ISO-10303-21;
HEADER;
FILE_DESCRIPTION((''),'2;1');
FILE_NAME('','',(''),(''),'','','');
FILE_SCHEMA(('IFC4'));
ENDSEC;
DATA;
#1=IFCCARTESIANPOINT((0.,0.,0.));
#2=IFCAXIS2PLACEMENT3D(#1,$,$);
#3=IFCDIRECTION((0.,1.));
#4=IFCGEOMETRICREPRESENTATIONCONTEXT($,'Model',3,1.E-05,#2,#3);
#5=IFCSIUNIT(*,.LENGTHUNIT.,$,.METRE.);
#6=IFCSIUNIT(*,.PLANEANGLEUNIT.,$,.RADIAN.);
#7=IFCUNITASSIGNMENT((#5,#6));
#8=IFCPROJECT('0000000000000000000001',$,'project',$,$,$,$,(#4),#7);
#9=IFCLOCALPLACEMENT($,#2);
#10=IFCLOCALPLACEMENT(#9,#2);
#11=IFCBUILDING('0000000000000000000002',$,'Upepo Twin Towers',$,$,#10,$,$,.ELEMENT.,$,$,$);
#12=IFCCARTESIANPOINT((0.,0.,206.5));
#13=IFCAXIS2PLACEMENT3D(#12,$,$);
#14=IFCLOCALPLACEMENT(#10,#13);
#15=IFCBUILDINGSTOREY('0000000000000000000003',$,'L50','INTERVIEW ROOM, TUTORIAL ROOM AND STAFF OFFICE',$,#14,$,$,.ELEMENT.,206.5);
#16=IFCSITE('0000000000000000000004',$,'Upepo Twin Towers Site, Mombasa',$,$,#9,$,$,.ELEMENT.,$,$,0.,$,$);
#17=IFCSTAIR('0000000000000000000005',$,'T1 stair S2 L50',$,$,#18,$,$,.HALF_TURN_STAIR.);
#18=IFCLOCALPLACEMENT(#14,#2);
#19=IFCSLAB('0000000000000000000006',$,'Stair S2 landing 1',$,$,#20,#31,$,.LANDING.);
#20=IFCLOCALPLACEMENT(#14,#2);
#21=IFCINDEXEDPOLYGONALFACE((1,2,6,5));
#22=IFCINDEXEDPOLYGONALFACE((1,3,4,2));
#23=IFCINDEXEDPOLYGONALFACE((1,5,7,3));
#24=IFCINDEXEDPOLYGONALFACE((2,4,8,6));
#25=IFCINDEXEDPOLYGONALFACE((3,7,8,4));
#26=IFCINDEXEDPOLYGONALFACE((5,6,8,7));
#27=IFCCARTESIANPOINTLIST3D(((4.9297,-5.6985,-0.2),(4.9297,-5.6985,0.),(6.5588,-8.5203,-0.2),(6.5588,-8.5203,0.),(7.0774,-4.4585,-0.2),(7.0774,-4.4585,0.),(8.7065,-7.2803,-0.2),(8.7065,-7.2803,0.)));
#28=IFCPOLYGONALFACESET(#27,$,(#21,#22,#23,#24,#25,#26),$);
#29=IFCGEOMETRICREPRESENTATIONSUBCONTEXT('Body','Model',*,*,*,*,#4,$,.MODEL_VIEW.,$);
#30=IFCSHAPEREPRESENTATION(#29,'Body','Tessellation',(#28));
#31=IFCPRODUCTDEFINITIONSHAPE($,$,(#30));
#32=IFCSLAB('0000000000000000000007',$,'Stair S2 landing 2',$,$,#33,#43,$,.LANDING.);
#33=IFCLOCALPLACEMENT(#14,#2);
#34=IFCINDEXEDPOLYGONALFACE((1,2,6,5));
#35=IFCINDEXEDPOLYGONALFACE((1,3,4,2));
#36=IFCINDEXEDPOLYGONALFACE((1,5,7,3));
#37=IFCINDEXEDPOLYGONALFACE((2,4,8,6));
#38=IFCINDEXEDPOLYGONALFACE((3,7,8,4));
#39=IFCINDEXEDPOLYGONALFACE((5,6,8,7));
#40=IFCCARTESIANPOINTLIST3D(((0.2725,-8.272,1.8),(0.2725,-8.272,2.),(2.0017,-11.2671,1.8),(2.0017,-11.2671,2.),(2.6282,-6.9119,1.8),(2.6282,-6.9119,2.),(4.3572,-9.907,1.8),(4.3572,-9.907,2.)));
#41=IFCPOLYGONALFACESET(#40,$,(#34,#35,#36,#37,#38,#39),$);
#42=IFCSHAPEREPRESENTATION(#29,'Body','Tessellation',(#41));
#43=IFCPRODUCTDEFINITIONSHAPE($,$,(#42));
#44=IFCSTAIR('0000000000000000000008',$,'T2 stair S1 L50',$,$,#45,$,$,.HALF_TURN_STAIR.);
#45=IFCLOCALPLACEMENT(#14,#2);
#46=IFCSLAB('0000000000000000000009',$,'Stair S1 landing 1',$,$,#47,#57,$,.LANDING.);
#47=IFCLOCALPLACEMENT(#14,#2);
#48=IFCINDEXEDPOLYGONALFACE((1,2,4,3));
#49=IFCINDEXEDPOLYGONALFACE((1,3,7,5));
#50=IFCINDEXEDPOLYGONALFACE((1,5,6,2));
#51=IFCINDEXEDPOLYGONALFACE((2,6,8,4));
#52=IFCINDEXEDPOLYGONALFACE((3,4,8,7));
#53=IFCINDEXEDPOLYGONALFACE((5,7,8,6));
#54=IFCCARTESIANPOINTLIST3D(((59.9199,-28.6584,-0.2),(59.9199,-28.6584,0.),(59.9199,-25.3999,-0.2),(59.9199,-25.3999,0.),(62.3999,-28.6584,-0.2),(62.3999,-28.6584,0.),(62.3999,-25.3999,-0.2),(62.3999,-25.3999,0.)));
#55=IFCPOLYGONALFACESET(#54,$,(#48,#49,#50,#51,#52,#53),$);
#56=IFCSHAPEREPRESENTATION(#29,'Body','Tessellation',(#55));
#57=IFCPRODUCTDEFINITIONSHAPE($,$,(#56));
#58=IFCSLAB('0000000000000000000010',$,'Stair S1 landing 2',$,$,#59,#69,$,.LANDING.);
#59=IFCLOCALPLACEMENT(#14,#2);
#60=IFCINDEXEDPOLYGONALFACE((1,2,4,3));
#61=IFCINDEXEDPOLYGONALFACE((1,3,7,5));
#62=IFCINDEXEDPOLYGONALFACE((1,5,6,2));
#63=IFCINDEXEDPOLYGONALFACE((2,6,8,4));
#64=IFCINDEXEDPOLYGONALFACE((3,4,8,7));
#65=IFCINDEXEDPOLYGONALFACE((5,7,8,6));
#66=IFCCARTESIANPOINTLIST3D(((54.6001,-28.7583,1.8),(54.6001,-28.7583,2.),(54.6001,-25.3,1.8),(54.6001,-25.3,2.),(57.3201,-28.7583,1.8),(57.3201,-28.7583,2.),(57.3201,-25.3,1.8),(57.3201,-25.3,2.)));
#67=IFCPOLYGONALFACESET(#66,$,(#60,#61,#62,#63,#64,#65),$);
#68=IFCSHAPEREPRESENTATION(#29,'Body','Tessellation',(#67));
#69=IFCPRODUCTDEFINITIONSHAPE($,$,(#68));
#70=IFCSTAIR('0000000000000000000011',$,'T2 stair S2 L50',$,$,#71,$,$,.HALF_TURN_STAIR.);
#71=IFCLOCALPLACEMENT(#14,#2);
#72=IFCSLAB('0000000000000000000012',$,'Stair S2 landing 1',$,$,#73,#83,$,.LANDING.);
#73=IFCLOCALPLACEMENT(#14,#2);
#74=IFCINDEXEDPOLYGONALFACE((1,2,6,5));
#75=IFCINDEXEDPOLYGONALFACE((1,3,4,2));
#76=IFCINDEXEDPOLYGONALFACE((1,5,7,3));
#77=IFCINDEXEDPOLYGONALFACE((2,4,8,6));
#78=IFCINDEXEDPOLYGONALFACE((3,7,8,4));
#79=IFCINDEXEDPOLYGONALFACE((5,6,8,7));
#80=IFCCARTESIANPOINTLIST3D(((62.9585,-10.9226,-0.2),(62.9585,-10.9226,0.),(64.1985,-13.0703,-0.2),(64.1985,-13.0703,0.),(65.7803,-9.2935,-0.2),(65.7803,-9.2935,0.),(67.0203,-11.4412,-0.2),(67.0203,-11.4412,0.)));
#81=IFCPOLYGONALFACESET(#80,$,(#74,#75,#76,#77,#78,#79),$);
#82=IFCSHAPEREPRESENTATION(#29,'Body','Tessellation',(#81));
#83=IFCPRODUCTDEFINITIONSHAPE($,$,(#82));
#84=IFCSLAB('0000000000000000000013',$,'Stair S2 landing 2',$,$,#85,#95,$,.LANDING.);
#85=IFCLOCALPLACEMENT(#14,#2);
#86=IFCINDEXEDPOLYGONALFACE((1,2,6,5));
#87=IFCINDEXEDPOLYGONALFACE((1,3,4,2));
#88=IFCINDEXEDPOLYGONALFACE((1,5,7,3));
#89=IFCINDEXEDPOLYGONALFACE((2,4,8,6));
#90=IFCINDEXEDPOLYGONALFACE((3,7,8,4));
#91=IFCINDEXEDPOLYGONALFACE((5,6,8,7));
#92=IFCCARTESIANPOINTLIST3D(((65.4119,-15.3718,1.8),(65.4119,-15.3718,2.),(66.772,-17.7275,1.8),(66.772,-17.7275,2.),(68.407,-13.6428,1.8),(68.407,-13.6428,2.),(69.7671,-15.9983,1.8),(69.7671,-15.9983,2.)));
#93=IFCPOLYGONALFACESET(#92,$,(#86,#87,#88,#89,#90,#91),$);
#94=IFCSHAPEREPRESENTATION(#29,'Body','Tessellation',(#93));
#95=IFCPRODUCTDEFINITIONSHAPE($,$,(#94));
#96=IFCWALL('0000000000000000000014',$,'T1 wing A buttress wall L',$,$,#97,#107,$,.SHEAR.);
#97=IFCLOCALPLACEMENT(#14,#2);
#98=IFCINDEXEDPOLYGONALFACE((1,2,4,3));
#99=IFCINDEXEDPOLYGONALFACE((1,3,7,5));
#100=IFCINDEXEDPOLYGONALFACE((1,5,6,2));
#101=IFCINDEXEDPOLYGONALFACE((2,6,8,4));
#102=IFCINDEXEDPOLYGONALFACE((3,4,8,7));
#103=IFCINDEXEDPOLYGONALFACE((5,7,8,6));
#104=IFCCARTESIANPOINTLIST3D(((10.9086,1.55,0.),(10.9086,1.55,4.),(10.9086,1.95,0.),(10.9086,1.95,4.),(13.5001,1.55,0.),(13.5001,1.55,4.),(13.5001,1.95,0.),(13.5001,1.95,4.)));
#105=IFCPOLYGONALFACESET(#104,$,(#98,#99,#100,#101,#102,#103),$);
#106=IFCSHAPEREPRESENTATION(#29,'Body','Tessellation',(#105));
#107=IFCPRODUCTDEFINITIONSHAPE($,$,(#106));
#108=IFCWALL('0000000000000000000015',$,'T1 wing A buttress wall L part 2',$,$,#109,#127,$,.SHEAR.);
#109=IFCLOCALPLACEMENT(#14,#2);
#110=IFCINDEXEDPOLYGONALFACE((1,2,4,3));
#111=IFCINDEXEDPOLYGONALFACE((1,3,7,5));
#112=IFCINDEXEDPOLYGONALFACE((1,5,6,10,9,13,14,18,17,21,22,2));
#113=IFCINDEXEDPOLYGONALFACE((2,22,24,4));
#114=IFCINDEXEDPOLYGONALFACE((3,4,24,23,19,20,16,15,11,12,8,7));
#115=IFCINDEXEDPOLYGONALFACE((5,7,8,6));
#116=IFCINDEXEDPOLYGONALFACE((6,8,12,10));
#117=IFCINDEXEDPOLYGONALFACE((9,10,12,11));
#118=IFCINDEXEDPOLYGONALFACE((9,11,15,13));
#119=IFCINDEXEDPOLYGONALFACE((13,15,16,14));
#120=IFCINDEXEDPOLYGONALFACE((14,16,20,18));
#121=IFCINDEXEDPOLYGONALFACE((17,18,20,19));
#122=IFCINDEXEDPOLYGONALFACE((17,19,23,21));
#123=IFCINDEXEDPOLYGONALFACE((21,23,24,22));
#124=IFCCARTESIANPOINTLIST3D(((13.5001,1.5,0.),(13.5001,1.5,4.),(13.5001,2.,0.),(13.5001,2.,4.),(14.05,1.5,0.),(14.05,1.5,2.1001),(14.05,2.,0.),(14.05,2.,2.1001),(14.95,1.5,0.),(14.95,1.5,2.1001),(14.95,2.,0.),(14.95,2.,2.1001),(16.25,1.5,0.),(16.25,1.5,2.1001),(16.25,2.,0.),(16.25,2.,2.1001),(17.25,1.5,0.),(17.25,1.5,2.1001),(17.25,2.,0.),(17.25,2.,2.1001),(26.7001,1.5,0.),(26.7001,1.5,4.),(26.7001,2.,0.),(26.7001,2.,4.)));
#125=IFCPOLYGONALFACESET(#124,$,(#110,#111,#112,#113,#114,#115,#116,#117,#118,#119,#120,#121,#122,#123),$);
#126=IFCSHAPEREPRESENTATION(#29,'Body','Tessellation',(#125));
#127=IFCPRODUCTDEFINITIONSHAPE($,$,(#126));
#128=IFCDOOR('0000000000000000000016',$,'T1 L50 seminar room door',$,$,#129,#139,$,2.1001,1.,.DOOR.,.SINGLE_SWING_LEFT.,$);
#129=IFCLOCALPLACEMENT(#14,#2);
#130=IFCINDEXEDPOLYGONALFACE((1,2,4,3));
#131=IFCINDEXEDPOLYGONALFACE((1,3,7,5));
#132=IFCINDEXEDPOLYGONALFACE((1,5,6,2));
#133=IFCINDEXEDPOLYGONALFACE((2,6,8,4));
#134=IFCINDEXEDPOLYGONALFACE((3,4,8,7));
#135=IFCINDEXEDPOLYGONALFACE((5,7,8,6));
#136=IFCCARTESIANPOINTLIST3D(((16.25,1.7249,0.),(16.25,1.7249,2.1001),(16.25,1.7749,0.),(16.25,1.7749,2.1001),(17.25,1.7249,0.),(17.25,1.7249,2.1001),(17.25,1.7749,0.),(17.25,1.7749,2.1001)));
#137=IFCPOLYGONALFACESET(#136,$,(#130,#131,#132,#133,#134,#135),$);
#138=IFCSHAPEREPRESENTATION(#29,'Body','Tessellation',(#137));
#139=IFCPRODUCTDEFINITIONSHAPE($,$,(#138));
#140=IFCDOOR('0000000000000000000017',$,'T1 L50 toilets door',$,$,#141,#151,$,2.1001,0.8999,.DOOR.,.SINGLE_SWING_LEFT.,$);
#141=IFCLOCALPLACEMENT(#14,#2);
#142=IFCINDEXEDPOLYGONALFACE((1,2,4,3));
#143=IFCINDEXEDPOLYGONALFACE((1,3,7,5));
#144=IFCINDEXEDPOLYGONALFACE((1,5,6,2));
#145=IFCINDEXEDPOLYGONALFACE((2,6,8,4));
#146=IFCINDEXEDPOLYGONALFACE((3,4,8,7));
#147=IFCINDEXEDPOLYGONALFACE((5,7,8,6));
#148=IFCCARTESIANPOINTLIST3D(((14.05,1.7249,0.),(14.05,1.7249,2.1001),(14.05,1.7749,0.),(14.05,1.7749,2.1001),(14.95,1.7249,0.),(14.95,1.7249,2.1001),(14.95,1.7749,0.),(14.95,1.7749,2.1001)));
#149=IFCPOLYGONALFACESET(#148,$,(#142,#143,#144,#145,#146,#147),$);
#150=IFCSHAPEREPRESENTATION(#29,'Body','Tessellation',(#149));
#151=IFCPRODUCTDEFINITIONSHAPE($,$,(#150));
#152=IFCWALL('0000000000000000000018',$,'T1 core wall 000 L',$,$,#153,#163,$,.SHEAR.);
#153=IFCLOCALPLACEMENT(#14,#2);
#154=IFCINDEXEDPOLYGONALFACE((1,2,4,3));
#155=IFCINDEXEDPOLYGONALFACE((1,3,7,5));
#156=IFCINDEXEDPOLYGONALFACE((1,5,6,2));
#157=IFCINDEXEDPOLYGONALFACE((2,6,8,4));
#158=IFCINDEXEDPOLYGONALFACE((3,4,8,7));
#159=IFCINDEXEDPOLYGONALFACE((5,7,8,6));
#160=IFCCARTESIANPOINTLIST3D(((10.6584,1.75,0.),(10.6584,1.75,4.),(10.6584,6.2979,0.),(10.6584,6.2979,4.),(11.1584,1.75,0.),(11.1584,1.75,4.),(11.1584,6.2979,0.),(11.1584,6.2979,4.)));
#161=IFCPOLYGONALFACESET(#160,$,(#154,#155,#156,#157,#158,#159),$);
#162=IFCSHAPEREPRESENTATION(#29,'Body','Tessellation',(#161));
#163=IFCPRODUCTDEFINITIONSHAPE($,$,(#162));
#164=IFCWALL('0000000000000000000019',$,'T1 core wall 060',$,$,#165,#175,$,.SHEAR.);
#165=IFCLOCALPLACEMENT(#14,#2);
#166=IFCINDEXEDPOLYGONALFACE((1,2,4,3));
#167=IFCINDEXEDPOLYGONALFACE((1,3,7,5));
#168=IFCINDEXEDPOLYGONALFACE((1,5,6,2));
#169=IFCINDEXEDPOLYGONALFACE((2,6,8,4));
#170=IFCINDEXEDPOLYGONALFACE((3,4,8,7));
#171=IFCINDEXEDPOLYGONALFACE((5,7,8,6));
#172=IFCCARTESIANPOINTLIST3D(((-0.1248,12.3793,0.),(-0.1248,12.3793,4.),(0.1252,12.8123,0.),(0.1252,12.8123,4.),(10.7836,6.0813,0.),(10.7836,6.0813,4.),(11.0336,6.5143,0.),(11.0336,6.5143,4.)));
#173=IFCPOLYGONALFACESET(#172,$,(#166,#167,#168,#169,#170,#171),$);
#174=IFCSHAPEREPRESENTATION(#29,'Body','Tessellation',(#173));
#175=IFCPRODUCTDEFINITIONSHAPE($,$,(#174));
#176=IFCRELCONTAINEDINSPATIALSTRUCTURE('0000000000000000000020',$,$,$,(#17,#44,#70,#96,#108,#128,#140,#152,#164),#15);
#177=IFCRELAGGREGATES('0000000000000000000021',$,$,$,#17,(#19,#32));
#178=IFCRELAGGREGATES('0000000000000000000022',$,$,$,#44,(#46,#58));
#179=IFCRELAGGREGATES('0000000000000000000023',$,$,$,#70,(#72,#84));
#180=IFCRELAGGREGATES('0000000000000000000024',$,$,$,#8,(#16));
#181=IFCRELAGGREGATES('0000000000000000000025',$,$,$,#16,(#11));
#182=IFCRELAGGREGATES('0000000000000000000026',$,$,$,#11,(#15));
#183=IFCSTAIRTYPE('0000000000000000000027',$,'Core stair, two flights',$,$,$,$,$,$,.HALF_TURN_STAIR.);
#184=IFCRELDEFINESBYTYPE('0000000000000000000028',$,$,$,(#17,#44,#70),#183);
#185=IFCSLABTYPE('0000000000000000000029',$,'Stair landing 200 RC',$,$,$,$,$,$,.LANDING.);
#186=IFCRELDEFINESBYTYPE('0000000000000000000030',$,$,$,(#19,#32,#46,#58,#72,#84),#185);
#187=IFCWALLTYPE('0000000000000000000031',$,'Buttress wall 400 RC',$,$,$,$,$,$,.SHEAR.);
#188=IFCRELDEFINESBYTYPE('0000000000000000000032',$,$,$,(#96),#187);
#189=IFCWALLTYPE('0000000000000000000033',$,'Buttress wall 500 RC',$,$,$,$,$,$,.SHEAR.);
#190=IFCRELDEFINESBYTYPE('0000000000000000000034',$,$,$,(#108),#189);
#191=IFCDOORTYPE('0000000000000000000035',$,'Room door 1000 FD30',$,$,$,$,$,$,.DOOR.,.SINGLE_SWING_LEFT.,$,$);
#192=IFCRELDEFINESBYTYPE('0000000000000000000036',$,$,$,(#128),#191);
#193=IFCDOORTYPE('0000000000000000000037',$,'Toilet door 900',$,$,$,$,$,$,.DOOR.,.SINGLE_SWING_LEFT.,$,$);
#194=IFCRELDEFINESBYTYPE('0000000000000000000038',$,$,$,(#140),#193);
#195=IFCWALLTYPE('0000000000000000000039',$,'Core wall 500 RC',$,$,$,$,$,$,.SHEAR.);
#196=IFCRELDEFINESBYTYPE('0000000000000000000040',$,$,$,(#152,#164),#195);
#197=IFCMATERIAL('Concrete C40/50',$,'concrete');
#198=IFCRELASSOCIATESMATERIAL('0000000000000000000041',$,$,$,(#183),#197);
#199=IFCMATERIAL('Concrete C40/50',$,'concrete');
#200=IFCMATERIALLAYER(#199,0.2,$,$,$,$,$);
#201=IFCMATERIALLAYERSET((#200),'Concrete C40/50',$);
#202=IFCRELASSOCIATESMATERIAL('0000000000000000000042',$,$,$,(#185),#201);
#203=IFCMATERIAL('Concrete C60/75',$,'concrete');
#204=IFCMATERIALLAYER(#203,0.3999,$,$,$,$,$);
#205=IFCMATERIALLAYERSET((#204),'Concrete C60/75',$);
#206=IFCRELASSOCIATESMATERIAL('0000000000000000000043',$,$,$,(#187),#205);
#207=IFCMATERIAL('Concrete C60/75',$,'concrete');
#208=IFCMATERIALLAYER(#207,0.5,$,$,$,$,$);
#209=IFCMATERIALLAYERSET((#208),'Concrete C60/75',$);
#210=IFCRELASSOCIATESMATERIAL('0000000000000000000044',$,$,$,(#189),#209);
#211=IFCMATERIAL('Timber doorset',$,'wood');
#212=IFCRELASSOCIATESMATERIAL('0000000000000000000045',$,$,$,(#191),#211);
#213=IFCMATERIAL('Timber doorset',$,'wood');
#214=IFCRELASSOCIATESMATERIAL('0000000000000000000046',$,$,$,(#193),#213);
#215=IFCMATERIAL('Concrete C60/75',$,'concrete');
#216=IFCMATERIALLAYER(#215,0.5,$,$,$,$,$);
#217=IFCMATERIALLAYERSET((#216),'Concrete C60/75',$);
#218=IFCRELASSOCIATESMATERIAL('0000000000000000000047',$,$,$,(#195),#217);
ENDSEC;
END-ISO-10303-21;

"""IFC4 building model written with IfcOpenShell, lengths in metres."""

from ifc_helpers import new_model, si_unit, direction, frame, frame_2d, origin, place, context, subcontext, project, spatial, polyline, rectangle, outline, extrude, material, layer, layer_set, type_object, element, fill, aggregate, save


model = new_model("IFC4")

# Units and contexts
model_context = context("Model", 3, precision=1e-05, world=origin(), true_north=direction((0.0, 1.0)))
body_context = subcontext(model_context, "Body", "Model", "MODEL_VIEW")
ifc_project = project(units=[si_unit("LENGTHUNIT", "METRE"), si_unit("PLANEANGLEUNIT", "RADIAN")], contexts=[model_context])

# Site, building, storey
site_placement = place(None, origin())
site = spatial("IfcSite", under=ifc_project, at=site_placement, Name="Upepo Twin Towers Site, Mombasa", CompositionType="ELEMENT", RefElevation=0.0)
building_placement = place(site_placement, origin())
building = spatial("IfcBuilding", under=site, at=building_placement, Name="Upepo Twin Towers", CompositionType="ELEMENT")
storey_placement = place(building_placement, frame((0.0, 0.0, 206.5)))
storey = spatial("IfcBuildingStorey", under=building, at=storey_placement, Name="L50", Description="INTERVIEW ROOM, TUTORIAL ROOM AND STAFF OFFICE", CompositionType="ELEMENT", Elevation=206.5)

# Stairs, slabs
ifc_material_1 = material(Name="Concrete C40/50", Category="concrete")
stair_type = type_object("IfcStairType", Name="Core stair, two flights", PredefinedType="HALF_TURN_STAIR", material=ifc_material_1)
stair_1_placement = place(storey_placement, origin())
stair_1 = element("IfcStair", 1, at=stair_1_placement, inside=storey, type_object=stair_type, Name="T1 stair S2 L50", PredefinedType="HALF_TURN_STAIR")
ifc_material_2 = material(Name="Concrete C40/50", Category="concrete")
ifc_layer_1 = layer(ifc_material_2, 0.2)
ifc_layer_set_1 = layer_set([ifc_layer_1], Name="Concrete C40/50")
slab_type = type_object("IfcSlabType", Name="Stair landing 200 RC", PredefinedType="LANDING", material=ifc_layer_set_1)
slab_1_placement = place(storey_placement, frame((0.0, 0.0, -0.2)))
slab_1 = element("IfcSlab", 2, at=slab_1_placement, type_object=slab_type, Name="Stair S2 landing 1", PredefinedType="LANDING", context=body_context, shape_type="SweptSolid", body=[
    extrude(outline(polyline([(4.9297, -5.6985), (6.5588, -8.5203), (8.7065, -7.2803), (7.0774, -4.4585), (4.9297, -5.6985)])), origin(), (0.0, 0.0, 1.0), 0.2),
])
slab_2_placement = place(storey_placement, frame((0.0, 0.0, 1.8)))
slab_2 = element("IfcSlab", 3, at=slab_2_placement, type_object=slab_type, Name="Stair S2 landing 2", PredefinedType="LANDING", context=body_context, shape_type="SweptSolid", body=[
    extrude(outline(polyline([(0.2725, -8.272), (2.0017, -11.2671), (4.3572, -9.907), (2.6282, -6.9119), (0.2725, -8.272)])), origin(), (0.0, 0.0, 1.0), 0.2),
])
aggregate(stair_1, [slab_1, slab_2])
stair_2_placement = place(storey_placement, origin())
stair_2 = element("IfcStair", 4, at=stair_2_placement, inside=storey, type_object=stair_type, Name="T2 stair S1 L50", PredefinedType="HALF_TURN_STAIR")
slab_3_placement = place(storey_placement, frame((0.0, 0.0, -0.2)))
slab_3 = element("IfcSlab", 5, at=slab_3_placement, type_object=slab_type, Name="Stair S1 landing 1", PredefinedType="LANDING", context=body_context, shape_type="SweptSolid", body=[
    extrude(outline(polyline([(59.9199, -25.3999), (59.9199, -28.6584), (62.3999, -28.6584), (62.3999, -25.3999), (59.9199, -25.3999)])), origin(), (0.0, 0.0, 1.0), 0.2),
])
slab_4_placement = place(storey_placement, frame((0.0, 0.0, 1.8)))
slab_4 = element("IfcSlab", 6, at=slab_4_placement, type_object=slab_type, Name="Stair S1 landing 2", PredefinedType="LANDING", context=body_context, shape_type="SweptSolid", body=[
    extrude(outline(polyline([(54.6001, -25.3), (54.6001, -28.7583), (57.3201, -28.7583), (57.3201, -25.3), (54.6001, -25.3)])), origin(), (0.0, 0.0, 1.0), 0.2),
])
aggregate(stair_2, [slab_3, slab_4])
stair_3_placement = place(storey_placement, origin())
stair_3 = element("IfcStair", 7, at=stair_3_placement, inside=storey, type_object=stair_type, Name="T2 stair S2 L50", PredefinedType="HALF_TURN_STAIR")
slab_5_placement = place(storey_placement, frame((0.0, 0.0, -0.2)))
slab_5 = element("IfcSlab", 8, at=slab_5_placement, type_object=slab_type, Name="Stair S2 landing 1", PredefinedType="LANDING", context=body_context, shape_type="SweptSolid", body=[
    extrude(outline(polyline([(64.1985, -13.0703), (67.0203, -11.4412), (65.7803, -9.2935), (62.9585, -10.9226), (64.1985, -13.0703)])), origin(), (0.0, 0.0, 1.0), 0.2),
])
slab_6_placement = place(storey_placement, frame((0.0, 0.0, 1.8)))
slab_6 = element("IfcSlab", 9, at=slab_6_placement, type_object=slab_type, Name="Stair S2 landing 2", PredefinedType="LANDING", context=body_context, shape_type="SweptSolid", body=[
    extrude(outline(polyline([(66.772, -17.7275), (69.7671, -15.9983), (68.407, -13.6428), (65.4119, -15.3718), (66.772, -17.7275)])), origin(), (0.0, 0.0, 1.0), 0.2),
])
aggregate(stair_3, [slab_5, slab_6])

# Wall
ifc_material_3 = material(Name="Concrete C60/75", Category="concrete")
ifc_layer_2 = layer(ifc_material_3, 0.3999)
ifc_layer_set_2 = layer_set([ifc_layer_2], Name="Concrete C60/75")
wall_type_1 = type_object("IfcWallType", Name="Buttress wall 400 RC", PredefinedType="SHEAR", material=ifc_layer_set_2)
wall_1_placement = place(storey_placement, frame((10.9084, 1.75, 0.0), z_axis=(0.0, 0.0, 1.0), x_axis=(1.0, 0.0, 0.0)))
element("IfcWall", 10, at=wall_1_placement, inside=storey, type_object=wall_type_1, Name="T1 wing A buttress wall L", PredefinedType="SHEAR", context=body_context, shape_type="SweptSolid", body=[
    extrude(rectangle(XDim=2.5916, YDim=0.3999, at=frame_2d((1.2959, 0.0))), origin(), (0.0, 0.0, 1.0), 4.0),
])

# Wall, openings, doors
ifc_material_4 = material(Name="Concrete C60/75", Category="concrete")
ifc_layer_3 = layer(ifc_material_4, 0.5)
ifc_layer_set_3 = layer_set([ifc_layer_3], Name="Concrete C60/75")
wall_type_2 = type_object("IfcWallType", Name="Buttress wall 500 RC", PredefinedType="SHEAR", material=ifc_layer_set_3)
wall_2_placement = place(storey_placement, frame((13.5, 1.75, 0.0), z_axis=(0.0, 0.0, 1.0), x_axis=(1.0, 0.0, 0.0)))
wall_2 = element("IfcWall", 11, at=wall_2_placement, inside=storey, type_object=wall_type_2, Name="T1 wing A buttress wall L part 2", PredefinedType="SHEAR", context=body_context, shape_type="SweptSolid", body=[
    extrude(rectangle(XDim=13.2, YDim=0.5, at=frame_2d((6.6001, 0.0))), origin(), (0.0, 0.0, 1.0), 4.0),
])
opening_1_placement = place(wall_2_placement, frame((0.55, 0.0, 0.0)))
opening_1 = element("IfcOpeningElement", 12, at=opening_1_placement, cuts=wall_2, PredefinedType="OPENING", context=body_context, shape_type="SweptSolid", body=[
    extrude(rectangle(XDim=0.8999, YDim=2.1001, at=frame_2d((0.45, 1.05))), frame((0.0, 0.26, 0.0), z_axis=(0.0, -1.0, 0.0), x_axis=(1.0, 0.0, 0.0)), (0.0, 0.0, 1.0), 0.52),
])
opening_2_placement = place(wall_2_placement, frame((2.75, 0.0, 0.0)))
opening_2 = element("IfcOpeningElement", 13, at=opening_2_placement, cuts=wall_2, PredefinedType="OPENING", context=body_context, shape_type="SweptSolid", body=[
    extrude(rectangle(XDim=1.0, YDim=2.1001, at=frame_2d((0.5, 1.05))), frame((0.0, 0.26, 0.0), z_axis=(0.0, -1.0, 0.0), x_axis=(1.0, 0.0, 0.0)), (0.0, 0.0, 1.0), 0.52),
])
ifc_material_5 = material(Name="Timber doorset", Category="wood")
door_type_1 = type_object("IfcDoorType", Name="Room door 1000 FD30", OperationType="SINGLE_SWING_LEFT", PredefinedType="DOOR", material=ifc_material_5)
door_1_placement = place(opening_2_placement, origin())
door_1 = element("IfcDoor", 14, at=door_1_placement, inside=storey, type_object=door_type_1, Name="T1 L50 seminar room door", OperationType="SINGLE_SWING_LEFT", OverallHeight=2.1001, OverallWidth=1.0, PredefinedType="DOOR", context=body_context, shape_type="SweptSolid", body=[
    extrude(rectangle(XDim=1.0, YDim=2.1001, at=frame_2d((0.5, 1.05))), frame((0.0, 0.0249, 0.0), z_axis=(0.0, -1.0, 0.0), x_axis=(1.0, 0.0, 0.0)), (0.0, 0.0, 1.0), 0.05),
])
fill(opening_2, door_1)
ifc_material_6 = material(Name="Timber doorset", Category="wood")
door_type_2 = type_object("IfcDoorType", Name="Toilet door 900", OperationType="SINGLE_SWING_LEFT", PredefinedType="DOOR", material=ifc_material_6)
door_2_placement = place(opening_1_placement, origin())
door_2 = element("IfcDoor", 15, at=door_2_placement, inside=storey, type_object=door_type_2, Name="T1 L50 toilets door", OperationType="SINGLE_SWING_LEFT", OverallHeight=2.1001, OverallWidth=0.8999, PredefinedType="DOOR", context=body_context, shape_type="SweptSolid", body=[
    extrude(rectangle(XDim=0.8999, YDim=2.1001, at=frame_2d((0.45, 1.05))), frame((0.0, 0.0249, 0.0), z_axis=(0.0, -1.0, 0.0), x_axis=(1.0, 0.0, 0.0)), (0.0, 0.0, 1.0), 0.05),
])
fill(opening_1, door_2)

# Walls
ifc_material_7 = material(Name="Concrete C60/75", Category="concrete")
ifc_layer_4 = layer(ifc_material_7, 0.5)
ifc_layer_set_4 = layer_set([ifc_layer_4], Name="Concrete C60/75")
wall_type_3 = type_object("IfcWallType", Name="Core wall 500 RC", PredefinedType="SHEAR", material=ifc_layer_set_4)
wall_3_placement = place(storey_placement, frame((10.9084, 1.75, 0.0), z_axis=(0.0, 0.0, 1.0), x_axis=(0.0, 1.0, 0.0)))
element("IfcWall", 16, at=wall_3_placement, inside=storey, type_object=wall_type_3, Name="T1 core wall 000 L", PredefinedType="SHEAR", context=body_context, shape_type="SweptSolid", body=[
    extrude(rectangle(XDim=4.5479, YDim=0.5, at=frame_2d((2.2739, 0.0))), origin(), (0.0, 0.0, 1.0), 4.0),
])
wall_4_placement = place(storey_placement, frame((10.9084, 6.2979, 0.0), z_axis=(0.0, 0.0, 1.0), x_axis=(-0.866022, 0.500006, 0.0)))
element("IfcWall", 17, at=wall_4_placement, inside=storey, type_object=wall_type_3, Name="T1 core wall 060", PredefinedType="SHEAR", context=body_context, shape_type="SweptSolid", body=[
    extrude(rectangle(XDim=12.5959, YDim=0.5, at=frame_2d((6.2979, 0.0))), origin(), (0.0, 0.0, 1.0), 4.0),
])

save(model, "model.ifc")
